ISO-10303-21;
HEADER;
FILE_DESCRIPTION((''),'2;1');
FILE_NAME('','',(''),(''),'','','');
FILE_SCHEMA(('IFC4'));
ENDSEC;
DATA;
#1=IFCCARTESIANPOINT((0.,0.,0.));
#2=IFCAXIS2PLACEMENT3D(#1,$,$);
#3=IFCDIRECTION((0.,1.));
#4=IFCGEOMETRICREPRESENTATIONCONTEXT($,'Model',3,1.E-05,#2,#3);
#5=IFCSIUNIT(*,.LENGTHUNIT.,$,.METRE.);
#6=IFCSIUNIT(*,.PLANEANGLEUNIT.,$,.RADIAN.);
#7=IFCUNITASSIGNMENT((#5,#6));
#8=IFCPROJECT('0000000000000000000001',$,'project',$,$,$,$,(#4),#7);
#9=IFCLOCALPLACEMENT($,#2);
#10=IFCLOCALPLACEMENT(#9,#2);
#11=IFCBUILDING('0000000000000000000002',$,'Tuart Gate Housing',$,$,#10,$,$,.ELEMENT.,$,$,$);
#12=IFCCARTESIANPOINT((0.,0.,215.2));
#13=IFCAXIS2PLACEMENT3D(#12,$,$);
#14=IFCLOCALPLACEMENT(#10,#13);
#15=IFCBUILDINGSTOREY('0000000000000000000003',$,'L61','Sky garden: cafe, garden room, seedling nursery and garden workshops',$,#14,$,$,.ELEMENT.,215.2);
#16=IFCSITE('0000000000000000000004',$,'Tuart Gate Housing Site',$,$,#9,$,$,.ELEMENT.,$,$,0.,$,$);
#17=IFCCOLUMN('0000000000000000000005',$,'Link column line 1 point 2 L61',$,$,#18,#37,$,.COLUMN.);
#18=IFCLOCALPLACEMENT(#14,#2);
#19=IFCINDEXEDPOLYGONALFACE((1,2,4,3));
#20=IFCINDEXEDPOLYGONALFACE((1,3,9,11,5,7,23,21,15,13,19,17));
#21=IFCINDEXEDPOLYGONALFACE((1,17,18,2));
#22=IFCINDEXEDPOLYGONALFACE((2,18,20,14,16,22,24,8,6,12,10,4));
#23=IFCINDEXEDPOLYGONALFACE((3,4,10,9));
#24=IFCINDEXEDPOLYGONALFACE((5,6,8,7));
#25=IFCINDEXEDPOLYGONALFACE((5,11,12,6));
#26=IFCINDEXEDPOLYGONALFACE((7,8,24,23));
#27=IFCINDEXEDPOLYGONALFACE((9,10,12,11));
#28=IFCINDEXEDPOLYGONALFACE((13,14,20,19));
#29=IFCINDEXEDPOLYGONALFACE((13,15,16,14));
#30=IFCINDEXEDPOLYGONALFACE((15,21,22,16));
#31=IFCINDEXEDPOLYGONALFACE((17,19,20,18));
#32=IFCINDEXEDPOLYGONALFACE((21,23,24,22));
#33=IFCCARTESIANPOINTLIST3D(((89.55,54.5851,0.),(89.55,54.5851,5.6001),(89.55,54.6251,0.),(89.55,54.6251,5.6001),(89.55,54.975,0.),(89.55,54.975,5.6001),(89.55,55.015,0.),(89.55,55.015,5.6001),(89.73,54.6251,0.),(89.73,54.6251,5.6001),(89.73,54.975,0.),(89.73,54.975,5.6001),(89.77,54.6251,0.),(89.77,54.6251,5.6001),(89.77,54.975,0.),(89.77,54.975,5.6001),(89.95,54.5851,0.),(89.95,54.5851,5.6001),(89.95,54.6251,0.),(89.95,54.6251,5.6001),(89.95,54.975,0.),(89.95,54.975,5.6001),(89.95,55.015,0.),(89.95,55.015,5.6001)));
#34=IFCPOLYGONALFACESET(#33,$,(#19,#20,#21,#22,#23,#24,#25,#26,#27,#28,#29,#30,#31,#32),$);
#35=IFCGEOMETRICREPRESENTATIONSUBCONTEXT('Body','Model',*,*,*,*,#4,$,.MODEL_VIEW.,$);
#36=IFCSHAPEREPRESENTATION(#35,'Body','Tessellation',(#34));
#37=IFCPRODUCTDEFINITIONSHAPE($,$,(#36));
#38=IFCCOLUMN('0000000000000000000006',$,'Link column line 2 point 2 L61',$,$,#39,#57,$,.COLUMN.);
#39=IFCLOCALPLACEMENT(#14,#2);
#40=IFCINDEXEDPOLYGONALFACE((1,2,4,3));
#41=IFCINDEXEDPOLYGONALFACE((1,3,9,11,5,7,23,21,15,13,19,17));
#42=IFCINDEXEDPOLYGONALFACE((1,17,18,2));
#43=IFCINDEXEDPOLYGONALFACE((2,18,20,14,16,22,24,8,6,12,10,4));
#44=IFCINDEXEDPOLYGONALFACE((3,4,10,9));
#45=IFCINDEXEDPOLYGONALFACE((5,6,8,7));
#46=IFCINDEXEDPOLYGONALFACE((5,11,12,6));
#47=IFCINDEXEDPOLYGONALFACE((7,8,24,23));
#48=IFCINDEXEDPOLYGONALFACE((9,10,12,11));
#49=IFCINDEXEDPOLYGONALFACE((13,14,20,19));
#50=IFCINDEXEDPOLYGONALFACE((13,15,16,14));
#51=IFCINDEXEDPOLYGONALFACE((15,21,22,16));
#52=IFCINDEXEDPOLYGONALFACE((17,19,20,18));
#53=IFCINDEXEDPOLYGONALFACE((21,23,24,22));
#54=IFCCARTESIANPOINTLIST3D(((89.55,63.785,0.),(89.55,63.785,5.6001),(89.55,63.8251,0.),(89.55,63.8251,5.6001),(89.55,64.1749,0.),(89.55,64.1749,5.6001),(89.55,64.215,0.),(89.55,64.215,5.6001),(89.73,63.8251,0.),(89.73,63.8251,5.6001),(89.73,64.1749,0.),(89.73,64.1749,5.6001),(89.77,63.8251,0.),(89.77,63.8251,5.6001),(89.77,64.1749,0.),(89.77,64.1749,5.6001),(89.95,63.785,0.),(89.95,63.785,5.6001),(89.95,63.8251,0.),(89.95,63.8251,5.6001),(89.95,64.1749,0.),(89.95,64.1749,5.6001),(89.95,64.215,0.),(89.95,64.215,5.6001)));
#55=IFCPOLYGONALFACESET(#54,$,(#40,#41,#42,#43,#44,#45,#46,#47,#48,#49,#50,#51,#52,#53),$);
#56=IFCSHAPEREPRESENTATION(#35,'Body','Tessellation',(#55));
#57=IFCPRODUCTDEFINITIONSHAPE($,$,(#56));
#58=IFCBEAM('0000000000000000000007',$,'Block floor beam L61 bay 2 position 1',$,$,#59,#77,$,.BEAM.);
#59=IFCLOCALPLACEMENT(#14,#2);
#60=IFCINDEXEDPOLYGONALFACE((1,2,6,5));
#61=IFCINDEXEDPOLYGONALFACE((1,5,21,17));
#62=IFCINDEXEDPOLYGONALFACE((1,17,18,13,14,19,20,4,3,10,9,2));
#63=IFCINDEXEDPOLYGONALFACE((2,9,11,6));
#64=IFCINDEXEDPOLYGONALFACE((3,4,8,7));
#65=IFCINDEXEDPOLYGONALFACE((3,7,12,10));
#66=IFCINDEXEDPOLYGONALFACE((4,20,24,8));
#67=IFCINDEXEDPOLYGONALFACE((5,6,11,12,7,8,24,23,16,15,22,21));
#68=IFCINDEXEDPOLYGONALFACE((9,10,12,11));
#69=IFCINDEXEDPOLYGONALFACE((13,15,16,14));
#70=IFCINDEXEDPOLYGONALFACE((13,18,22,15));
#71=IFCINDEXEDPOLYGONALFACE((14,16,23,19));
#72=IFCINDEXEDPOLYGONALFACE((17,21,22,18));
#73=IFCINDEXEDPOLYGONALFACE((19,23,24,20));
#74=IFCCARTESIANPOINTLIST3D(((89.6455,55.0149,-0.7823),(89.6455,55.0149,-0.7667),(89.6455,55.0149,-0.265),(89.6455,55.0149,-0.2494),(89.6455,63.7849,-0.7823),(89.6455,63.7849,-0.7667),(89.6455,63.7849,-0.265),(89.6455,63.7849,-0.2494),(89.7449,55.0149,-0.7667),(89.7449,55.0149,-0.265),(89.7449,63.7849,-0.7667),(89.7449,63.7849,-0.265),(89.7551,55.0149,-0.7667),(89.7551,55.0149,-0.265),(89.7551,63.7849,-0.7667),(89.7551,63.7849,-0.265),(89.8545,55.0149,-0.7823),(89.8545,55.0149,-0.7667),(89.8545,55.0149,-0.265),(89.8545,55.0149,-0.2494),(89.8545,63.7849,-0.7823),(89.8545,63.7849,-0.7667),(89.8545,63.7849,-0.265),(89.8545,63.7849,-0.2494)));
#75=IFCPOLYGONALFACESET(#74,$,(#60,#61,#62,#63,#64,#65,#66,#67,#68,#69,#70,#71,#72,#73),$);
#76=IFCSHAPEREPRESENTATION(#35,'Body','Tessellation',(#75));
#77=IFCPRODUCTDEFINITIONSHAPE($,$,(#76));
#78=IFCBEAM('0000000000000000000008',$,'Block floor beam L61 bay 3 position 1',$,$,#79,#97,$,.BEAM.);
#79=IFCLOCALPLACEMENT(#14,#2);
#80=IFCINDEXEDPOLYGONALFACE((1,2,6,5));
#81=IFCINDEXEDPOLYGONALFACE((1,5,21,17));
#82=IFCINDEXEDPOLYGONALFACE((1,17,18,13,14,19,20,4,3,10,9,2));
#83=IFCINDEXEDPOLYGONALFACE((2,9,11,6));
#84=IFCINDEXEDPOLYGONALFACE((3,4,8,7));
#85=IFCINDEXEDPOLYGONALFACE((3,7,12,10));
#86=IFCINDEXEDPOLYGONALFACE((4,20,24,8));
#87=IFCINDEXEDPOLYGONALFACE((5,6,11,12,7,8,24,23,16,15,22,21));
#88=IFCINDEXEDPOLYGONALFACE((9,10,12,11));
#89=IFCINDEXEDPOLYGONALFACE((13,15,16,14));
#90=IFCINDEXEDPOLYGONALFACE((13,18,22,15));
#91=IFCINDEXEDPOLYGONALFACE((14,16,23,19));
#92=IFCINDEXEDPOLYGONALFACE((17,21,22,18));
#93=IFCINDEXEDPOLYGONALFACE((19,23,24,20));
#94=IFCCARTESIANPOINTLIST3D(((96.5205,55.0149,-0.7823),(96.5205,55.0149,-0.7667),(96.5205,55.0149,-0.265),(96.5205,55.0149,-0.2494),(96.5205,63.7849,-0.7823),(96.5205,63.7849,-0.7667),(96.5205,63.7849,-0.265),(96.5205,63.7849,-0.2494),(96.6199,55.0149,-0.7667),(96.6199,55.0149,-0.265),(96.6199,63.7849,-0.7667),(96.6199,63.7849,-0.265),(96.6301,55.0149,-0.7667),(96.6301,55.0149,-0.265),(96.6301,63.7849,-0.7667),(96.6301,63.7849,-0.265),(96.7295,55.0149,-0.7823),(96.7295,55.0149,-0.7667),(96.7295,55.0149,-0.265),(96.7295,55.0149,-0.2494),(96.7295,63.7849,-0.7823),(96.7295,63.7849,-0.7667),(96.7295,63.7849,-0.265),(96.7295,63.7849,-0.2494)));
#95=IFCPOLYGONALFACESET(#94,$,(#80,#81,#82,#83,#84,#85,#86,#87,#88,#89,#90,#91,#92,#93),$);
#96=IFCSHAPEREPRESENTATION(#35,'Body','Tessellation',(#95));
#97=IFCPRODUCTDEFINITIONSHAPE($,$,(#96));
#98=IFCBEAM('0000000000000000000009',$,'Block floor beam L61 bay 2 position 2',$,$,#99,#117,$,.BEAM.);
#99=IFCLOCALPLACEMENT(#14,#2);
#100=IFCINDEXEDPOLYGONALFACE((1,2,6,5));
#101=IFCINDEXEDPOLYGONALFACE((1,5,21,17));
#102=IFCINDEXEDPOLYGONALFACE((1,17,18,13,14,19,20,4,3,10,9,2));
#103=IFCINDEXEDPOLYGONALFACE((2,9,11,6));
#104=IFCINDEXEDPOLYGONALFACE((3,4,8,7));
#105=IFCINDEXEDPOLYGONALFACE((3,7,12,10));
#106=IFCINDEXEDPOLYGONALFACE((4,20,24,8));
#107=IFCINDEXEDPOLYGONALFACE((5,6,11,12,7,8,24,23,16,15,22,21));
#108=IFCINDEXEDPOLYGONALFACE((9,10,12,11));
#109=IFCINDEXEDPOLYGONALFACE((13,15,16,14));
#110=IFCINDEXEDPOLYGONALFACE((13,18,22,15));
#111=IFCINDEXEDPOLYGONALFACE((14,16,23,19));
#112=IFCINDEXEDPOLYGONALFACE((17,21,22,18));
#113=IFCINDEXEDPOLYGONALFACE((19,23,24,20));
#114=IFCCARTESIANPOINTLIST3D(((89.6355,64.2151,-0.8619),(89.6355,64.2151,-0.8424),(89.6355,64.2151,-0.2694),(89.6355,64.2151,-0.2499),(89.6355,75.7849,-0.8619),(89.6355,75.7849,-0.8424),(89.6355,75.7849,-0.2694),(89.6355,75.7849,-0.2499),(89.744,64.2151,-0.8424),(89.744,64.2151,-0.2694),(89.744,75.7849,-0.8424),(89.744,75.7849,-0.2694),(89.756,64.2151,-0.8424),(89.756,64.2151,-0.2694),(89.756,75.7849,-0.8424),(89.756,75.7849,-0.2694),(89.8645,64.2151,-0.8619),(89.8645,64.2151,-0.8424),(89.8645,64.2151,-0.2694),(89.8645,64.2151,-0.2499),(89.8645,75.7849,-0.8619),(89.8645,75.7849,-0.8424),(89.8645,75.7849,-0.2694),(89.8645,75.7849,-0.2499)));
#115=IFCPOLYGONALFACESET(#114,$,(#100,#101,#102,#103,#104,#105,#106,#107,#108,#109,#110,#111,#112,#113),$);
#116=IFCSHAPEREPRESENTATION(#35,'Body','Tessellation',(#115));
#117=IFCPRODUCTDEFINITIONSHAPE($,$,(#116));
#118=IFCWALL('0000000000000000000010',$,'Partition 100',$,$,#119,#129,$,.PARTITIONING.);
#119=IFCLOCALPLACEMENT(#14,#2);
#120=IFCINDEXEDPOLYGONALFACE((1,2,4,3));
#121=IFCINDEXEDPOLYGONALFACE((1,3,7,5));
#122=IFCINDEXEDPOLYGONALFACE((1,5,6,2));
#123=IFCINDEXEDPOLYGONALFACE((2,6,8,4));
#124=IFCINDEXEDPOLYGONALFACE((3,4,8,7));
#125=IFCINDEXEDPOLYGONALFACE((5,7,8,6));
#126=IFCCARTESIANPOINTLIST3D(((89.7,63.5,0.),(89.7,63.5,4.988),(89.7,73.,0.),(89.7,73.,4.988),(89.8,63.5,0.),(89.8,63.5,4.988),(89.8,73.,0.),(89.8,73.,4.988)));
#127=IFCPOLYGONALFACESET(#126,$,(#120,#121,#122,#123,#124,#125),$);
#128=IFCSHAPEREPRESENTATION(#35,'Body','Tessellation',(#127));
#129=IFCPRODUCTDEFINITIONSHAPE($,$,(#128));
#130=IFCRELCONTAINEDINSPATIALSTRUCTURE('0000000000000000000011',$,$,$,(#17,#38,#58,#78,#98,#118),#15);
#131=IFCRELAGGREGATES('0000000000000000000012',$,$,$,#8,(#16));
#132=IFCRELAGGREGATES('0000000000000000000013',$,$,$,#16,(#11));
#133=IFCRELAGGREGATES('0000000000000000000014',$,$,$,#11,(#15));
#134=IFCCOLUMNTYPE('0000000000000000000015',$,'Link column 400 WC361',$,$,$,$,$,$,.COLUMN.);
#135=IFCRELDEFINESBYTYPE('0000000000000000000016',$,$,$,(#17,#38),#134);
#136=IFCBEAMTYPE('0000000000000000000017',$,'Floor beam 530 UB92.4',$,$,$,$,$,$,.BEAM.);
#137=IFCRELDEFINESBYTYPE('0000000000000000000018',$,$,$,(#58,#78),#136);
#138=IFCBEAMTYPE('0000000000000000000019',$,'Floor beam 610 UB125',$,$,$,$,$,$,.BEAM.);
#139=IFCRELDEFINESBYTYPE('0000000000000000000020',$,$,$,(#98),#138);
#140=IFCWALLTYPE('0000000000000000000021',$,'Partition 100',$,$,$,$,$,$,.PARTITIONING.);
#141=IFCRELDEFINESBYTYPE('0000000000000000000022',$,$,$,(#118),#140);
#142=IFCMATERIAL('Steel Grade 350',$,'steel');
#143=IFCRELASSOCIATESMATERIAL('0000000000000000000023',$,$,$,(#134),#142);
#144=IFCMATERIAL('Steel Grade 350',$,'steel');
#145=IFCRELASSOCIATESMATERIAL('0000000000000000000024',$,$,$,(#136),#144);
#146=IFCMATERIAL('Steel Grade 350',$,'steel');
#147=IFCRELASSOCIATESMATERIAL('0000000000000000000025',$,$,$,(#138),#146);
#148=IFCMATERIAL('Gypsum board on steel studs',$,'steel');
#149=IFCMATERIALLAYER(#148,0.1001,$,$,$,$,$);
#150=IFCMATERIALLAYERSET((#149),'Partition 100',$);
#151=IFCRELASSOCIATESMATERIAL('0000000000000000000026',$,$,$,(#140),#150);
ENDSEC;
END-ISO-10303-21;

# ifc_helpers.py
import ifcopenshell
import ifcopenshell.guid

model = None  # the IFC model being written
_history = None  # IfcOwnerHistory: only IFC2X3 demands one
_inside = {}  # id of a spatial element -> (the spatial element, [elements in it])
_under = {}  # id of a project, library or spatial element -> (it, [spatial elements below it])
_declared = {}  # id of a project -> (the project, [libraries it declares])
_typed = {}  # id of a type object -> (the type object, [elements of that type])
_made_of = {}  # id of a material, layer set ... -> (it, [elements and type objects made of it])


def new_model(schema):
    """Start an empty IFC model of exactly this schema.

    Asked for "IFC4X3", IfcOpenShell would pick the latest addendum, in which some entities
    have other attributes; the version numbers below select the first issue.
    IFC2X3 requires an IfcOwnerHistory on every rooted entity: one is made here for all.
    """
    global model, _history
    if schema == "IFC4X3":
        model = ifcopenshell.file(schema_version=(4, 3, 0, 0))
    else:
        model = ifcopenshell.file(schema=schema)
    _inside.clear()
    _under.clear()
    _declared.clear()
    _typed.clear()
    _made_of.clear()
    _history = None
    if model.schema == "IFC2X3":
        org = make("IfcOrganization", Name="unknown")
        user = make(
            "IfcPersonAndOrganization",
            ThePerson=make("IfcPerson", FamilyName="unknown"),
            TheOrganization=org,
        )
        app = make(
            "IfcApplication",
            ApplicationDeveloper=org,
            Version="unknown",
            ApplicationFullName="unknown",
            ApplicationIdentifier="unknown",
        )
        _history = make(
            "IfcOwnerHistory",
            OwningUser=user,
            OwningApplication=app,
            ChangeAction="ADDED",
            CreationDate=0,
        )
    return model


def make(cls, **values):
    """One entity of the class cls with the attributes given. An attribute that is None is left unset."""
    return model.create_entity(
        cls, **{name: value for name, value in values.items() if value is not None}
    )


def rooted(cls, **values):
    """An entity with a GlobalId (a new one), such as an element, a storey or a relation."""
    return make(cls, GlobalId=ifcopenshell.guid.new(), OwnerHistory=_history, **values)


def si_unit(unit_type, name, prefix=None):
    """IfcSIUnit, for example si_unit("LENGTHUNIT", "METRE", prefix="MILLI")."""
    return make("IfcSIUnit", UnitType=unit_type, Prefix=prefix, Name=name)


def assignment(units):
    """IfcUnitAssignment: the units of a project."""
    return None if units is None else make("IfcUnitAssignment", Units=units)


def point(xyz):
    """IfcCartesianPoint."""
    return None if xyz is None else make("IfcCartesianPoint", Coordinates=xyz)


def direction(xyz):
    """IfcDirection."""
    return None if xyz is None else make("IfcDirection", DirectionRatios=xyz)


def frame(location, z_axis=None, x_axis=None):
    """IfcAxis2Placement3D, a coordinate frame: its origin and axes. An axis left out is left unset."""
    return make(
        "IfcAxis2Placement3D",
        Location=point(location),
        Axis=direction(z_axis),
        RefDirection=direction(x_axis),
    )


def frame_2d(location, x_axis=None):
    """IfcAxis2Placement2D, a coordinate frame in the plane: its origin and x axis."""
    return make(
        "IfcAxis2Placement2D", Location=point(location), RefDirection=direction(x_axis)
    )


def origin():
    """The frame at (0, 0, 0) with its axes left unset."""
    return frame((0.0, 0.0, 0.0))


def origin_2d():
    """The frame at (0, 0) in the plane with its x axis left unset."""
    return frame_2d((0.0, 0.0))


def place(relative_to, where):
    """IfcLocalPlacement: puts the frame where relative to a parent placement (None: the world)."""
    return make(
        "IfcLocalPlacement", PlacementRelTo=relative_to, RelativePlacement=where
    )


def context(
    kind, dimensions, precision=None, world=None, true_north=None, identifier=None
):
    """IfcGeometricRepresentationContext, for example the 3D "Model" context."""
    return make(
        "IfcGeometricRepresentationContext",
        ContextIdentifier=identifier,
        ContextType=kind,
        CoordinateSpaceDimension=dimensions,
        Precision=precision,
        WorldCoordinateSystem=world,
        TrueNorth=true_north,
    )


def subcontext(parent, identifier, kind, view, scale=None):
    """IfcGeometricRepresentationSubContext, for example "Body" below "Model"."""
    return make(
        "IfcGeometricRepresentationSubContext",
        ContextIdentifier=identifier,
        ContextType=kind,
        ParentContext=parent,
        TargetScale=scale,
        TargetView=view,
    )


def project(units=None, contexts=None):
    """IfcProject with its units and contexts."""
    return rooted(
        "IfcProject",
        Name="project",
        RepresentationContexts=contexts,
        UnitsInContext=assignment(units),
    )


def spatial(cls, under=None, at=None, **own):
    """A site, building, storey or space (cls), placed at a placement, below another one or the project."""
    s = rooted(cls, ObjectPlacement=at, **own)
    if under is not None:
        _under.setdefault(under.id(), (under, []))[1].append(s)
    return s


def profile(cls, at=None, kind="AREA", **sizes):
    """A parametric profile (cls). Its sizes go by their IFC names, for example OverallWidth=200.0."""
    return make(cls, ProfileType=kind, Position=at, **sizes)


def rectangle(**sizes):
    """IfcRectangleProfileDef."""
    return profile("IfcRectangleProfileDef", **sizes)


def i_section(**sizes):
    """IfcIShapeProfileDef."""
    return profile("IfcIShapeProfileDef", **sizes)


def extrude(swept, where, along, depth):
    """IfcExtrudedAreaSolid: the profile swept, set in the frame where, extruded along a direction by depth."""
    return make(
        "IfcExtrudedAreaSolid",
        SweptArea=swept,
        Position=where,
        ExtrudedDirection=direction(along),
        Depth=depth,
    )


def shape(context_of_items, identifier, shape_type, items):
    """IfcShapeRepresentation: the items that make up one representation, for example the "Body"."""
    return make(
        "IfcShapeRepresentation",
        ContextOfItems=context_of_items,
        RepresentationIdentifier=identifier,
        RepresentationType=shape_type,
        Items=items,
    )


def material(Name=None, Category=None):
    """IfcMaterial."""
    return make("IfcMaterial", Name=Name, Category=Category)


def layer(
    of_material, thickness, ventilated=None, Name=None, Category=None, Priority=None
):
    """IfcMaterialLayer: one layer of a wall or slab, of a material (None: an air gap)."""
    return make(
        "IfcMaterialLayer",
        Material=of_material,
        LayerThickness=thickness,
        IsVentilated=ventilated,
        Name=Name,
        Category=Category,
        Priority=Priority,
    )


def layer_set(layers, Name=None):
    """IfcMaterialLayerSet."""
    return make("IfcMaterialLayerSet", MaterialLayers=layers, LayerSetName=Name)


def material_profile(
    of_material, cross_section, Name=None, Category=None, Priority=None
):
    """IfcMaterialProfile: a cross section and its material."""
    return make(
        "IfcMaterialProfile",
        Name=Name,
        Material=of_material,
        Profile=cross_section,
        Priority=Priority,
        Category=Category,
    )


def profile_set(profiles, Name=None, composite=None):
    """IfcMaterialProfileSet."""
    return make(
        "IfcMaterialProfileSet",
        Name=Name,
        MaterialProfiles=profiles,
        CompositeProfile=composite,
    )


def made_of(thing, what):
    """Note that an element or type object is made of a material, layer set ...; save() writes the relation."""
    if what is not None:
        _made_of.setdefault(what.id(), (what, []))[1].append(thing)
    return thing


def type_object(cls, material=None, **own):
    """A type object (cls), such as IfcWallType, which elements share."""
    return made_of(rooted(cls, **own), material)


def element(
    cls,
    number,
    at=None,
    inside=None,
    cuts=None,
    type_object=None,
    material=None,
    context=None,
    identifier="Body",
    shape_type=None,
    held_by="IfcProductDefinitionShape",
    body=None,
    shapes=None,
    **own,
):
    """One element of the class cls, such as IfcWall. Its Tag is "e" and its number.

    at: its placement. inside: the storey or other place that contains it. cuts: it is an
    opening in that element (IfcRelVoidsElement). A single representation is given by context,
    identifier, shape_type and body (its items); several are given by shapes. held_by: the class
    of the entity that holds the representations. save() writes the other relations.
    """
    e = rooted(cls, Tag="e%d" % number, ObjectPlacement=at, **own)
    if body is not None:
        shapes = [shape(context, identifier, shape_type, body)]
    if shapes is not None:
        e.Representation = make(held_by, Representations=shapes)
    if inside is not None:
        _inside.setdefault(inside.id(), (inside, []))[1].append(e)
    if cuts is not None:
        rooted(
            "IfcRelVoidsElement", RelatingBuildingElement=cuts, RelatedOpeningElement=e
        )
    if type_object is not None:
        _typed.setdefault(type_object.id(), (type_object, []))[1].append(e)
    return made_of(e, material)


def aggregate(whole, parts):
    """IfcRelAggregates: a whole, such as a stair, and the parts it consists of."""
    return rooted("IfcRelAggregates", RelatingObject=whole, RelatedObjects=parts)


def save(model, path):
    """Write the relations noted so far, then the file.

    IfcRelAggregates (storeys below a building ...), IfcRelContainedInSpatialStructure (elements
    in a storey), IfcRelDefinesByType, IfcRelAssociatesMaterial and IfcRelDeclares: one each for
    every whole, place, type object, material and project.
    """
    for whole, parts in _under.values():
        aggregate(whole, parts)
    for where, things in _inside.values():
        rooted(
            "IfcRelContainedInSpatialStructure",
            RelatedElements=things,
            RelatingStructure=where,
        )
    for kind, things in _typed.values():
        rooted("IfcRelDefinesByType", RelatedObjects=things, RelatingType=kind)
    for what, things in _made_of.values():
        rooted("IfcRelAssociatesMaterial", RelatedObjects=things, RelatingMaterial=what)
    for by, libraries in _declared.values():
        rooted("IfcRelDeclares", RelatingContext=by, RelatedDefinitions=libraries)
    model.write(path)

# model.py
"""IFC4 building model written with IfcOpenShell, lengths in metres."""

from ifc_helpers import new_model, si_unit, direction, frame, frame_2d, origin, origin_2d, place, context, subcontext, project, spatial, rectangle, i_section, extrude, material, layer, layer_set, material_profile, profile_set, type_object, element, save


model = new_model("IFC4")

# Units and contexts
model_context = context("Model", 3, precision=1e-05, world=origin(), true_north=direction((0.0, 1.0)))
body_context = subcontext(model_context, "Body", "Model", "MODEL_VIEW")
ifc_project = project(units=[si_unit("LENGTHUNIT", "METRE"), si_unit("PLANEANGLEUNIT", "RADIAN")], contexts=[model_context])

# Site, building, storey
site_placement = place(None, origin())
site = spatial("IfcSite", under=ifc_project, at=site_placement, Name="Tuart Gate Housing Site", CompositionType="ELEMENT", RefElevation=0.0)
building_placement = place(site_placement, origin())
building = spatial("IfcBuilding", under=site, at=building_placement, Name="Tuart Gate Housing", CompositionType="ELEMENT")
storey_placement = place(building_placement, frame((0.0, 0.0, 215.2)))
storey = spatial("IfcBuildingStorey", under=building, at=storey_placement, Name="L61", Description="Sky garden: cafe, garden room, seedling nursery and garden workshops", CompositionType="ELEMENT", Elevation=215.2)

# Columns
ifc_material_1 = material(Name="Steel Grade 350", Category="steel")
ifc_material_profile_1 = material_profile(ifc_material_1, i_section(OverallWidth=0.3999, OverallDepth=0.4299, WebThickness=0.04, FlangeThickness=0.04, at=origin_2d()), Name="400WC361")
ifc_profile_set_1 = profile_set([ifc_material_profile_1], Name="Steel Grade 350")
column_type = type_object("IfcColumnType", Name="Link column 400 WC361", PredefinedType="COLUMN", material=ifc_profile_set_1)
for number, where, z_axis, x_axis, name in (
    (1, (89.75, 54.8, 0.0), (0.0, 0.0, 1.0), (1.0, 0.0, 0.0), "Link column line 1 point 2 L61"),
    (2, (89.75, 64.0, 0.0), (0.0, 0.0, 1.0), (1.0, 0.0, 0.0), "Link column line 2 point 2 L61"),
):
    element("IfcColumn", number, at=place(storey_placement, frame(where, z_axis=z_axis, x_axis=x_axis)), inside=storey, type_object=column_type, Name=name, PredefinedType="COLUMN", context=body_context, shape_type="SweptSolid", body=[
        extrude(i_section(OverallWidth=0.3999, OverallDepth=0.4299, WebThickness=0.04, FlangeThickness=0.04, at=origin_2d()), origin(), (0.0, 0.0, 1.0), 5.6001),
    ])

# Beams
ifc_material_2 = material(Name="Steel Grade 350", Category="steel")
ifc_material_profile_2 = material_profile(ifc_material_2, i_section(OverallWidth=0.209, OverallDepth=0.533, WebThickness=0.0103, FlangeThickness=0.0156, at=origin_2d()), Name="530UB92.4")
ifc_profile_set_2 = profile_set([ifc_material_profile_2], Name="Steel Grade 350")
beam_type_1 = type_object("IfcBeamType", Name="Floor beam 530 UB92.4", PredefinedType="BEAM", material=ifc_profile_set_2)
for number, where, z_axis, x_axis, name in (
    (3, (89.75, 55.0149, -0.5159), (0.0, 1.0, 0.0), (-1.0, 0.0, 0.0), "Block floor beam L61 bay 2 position 1"),
    (4, (96.625, 55.0149, -0.5159), (0.0, 1.0, 0.0), (-1.0, 0.0, 0.0), "Block floor beam L61 bay 3 position 1"),
):
    element("IfcBeam", number, at=place(storey_placement, frame(where, z_axis=z_axis, x_axis=x_axis)), inside=storey, type_object=beam_type_1, Name=name, PredefinedType="BEAM", context=body_context, shape_type="SweptSolid", body=[
        extrude(i_section(OverallWidth=0.209, OverallDepth=0.533, WebThickness=0.0103, FlangeThickness=0.0156, at=origin_2d()), origin(), (0.0, 0.0, 1.0), 8.77),
    ])
ifc_material_3 = material(Name="Steel Grade 350", Category="steel")
ifc_material_profile_3 = material_profile(ifc_material_3, i_section(OverallWidth=0.229, OverallDepth=0.6121, WebThickness=0.012, FlangeThickness=0.0195, at=origin_2d()), Name="610UB125")
ifc_profile_set_3 = profile_set([ifc_material_profile_3], Name="Steel Grade 350")
beam_type_2 = type_object("IfcBeamType", Name="Floor beam 610 UB125", PredefinedType="BEAM", material=ifc_profile_set_3)
beam_placement = place(storey_placement, frame((89.75, 64.2151, -0.5559), z_axis=(0.0, 1.0, 0.0), x_axis=(-1.0, 0.0, 0.0)))
element("IfcBeam", 5, at=beam_placement, inside=storey, type_object=beam_type_2, Name="Block floor beam L61 bay 2 position 2", PredefinedType="BEAM", context=body_context, shape_type="SweptSolid", body=[
    extrude(i_section(OverallWidth=0.229, OverallDepth=0.6121, WebThickness=0.012, FlangeThickness=0.0195, at=origin_2d()), origin(), (0.0, 0.0, 1.0), 11.5698),
])

# Wall
ifc_material_4 = material(Name="Gypsum board on steel studs", Category="steel")
ifc_layer = layer(ifc_material_4, 0.1001)
ifc_layer_set = layer_set([ifc_layer], Name="Partition 100")
wall_type = type_object("IfcWallType", Name="Partition 100", PredefinedType="PARTITIONING", material=ifc_layer_set)
wall_placement = place(storey_placement, frame((89.75, 63.5, 0.0), z_axis=(0.0, 0.0, 1.0), x_axis=(0.0, 1.0, 0.0)))
element("IfcWall", 6, at=wall_placement, inside=storey, type_object=wall_type, Name="Partition 100", PredefinedType="PARTITIONING", context=body_context, shape_type="SweptSolid", body=[
    extrude(rectangle(XDim=9.5, YDim=0.1001, at=frame_2d((4.75, 0.0))), origin(), (0.0, 0.0, 1.0), 4.988),
])

save(model, "model.ifc")
